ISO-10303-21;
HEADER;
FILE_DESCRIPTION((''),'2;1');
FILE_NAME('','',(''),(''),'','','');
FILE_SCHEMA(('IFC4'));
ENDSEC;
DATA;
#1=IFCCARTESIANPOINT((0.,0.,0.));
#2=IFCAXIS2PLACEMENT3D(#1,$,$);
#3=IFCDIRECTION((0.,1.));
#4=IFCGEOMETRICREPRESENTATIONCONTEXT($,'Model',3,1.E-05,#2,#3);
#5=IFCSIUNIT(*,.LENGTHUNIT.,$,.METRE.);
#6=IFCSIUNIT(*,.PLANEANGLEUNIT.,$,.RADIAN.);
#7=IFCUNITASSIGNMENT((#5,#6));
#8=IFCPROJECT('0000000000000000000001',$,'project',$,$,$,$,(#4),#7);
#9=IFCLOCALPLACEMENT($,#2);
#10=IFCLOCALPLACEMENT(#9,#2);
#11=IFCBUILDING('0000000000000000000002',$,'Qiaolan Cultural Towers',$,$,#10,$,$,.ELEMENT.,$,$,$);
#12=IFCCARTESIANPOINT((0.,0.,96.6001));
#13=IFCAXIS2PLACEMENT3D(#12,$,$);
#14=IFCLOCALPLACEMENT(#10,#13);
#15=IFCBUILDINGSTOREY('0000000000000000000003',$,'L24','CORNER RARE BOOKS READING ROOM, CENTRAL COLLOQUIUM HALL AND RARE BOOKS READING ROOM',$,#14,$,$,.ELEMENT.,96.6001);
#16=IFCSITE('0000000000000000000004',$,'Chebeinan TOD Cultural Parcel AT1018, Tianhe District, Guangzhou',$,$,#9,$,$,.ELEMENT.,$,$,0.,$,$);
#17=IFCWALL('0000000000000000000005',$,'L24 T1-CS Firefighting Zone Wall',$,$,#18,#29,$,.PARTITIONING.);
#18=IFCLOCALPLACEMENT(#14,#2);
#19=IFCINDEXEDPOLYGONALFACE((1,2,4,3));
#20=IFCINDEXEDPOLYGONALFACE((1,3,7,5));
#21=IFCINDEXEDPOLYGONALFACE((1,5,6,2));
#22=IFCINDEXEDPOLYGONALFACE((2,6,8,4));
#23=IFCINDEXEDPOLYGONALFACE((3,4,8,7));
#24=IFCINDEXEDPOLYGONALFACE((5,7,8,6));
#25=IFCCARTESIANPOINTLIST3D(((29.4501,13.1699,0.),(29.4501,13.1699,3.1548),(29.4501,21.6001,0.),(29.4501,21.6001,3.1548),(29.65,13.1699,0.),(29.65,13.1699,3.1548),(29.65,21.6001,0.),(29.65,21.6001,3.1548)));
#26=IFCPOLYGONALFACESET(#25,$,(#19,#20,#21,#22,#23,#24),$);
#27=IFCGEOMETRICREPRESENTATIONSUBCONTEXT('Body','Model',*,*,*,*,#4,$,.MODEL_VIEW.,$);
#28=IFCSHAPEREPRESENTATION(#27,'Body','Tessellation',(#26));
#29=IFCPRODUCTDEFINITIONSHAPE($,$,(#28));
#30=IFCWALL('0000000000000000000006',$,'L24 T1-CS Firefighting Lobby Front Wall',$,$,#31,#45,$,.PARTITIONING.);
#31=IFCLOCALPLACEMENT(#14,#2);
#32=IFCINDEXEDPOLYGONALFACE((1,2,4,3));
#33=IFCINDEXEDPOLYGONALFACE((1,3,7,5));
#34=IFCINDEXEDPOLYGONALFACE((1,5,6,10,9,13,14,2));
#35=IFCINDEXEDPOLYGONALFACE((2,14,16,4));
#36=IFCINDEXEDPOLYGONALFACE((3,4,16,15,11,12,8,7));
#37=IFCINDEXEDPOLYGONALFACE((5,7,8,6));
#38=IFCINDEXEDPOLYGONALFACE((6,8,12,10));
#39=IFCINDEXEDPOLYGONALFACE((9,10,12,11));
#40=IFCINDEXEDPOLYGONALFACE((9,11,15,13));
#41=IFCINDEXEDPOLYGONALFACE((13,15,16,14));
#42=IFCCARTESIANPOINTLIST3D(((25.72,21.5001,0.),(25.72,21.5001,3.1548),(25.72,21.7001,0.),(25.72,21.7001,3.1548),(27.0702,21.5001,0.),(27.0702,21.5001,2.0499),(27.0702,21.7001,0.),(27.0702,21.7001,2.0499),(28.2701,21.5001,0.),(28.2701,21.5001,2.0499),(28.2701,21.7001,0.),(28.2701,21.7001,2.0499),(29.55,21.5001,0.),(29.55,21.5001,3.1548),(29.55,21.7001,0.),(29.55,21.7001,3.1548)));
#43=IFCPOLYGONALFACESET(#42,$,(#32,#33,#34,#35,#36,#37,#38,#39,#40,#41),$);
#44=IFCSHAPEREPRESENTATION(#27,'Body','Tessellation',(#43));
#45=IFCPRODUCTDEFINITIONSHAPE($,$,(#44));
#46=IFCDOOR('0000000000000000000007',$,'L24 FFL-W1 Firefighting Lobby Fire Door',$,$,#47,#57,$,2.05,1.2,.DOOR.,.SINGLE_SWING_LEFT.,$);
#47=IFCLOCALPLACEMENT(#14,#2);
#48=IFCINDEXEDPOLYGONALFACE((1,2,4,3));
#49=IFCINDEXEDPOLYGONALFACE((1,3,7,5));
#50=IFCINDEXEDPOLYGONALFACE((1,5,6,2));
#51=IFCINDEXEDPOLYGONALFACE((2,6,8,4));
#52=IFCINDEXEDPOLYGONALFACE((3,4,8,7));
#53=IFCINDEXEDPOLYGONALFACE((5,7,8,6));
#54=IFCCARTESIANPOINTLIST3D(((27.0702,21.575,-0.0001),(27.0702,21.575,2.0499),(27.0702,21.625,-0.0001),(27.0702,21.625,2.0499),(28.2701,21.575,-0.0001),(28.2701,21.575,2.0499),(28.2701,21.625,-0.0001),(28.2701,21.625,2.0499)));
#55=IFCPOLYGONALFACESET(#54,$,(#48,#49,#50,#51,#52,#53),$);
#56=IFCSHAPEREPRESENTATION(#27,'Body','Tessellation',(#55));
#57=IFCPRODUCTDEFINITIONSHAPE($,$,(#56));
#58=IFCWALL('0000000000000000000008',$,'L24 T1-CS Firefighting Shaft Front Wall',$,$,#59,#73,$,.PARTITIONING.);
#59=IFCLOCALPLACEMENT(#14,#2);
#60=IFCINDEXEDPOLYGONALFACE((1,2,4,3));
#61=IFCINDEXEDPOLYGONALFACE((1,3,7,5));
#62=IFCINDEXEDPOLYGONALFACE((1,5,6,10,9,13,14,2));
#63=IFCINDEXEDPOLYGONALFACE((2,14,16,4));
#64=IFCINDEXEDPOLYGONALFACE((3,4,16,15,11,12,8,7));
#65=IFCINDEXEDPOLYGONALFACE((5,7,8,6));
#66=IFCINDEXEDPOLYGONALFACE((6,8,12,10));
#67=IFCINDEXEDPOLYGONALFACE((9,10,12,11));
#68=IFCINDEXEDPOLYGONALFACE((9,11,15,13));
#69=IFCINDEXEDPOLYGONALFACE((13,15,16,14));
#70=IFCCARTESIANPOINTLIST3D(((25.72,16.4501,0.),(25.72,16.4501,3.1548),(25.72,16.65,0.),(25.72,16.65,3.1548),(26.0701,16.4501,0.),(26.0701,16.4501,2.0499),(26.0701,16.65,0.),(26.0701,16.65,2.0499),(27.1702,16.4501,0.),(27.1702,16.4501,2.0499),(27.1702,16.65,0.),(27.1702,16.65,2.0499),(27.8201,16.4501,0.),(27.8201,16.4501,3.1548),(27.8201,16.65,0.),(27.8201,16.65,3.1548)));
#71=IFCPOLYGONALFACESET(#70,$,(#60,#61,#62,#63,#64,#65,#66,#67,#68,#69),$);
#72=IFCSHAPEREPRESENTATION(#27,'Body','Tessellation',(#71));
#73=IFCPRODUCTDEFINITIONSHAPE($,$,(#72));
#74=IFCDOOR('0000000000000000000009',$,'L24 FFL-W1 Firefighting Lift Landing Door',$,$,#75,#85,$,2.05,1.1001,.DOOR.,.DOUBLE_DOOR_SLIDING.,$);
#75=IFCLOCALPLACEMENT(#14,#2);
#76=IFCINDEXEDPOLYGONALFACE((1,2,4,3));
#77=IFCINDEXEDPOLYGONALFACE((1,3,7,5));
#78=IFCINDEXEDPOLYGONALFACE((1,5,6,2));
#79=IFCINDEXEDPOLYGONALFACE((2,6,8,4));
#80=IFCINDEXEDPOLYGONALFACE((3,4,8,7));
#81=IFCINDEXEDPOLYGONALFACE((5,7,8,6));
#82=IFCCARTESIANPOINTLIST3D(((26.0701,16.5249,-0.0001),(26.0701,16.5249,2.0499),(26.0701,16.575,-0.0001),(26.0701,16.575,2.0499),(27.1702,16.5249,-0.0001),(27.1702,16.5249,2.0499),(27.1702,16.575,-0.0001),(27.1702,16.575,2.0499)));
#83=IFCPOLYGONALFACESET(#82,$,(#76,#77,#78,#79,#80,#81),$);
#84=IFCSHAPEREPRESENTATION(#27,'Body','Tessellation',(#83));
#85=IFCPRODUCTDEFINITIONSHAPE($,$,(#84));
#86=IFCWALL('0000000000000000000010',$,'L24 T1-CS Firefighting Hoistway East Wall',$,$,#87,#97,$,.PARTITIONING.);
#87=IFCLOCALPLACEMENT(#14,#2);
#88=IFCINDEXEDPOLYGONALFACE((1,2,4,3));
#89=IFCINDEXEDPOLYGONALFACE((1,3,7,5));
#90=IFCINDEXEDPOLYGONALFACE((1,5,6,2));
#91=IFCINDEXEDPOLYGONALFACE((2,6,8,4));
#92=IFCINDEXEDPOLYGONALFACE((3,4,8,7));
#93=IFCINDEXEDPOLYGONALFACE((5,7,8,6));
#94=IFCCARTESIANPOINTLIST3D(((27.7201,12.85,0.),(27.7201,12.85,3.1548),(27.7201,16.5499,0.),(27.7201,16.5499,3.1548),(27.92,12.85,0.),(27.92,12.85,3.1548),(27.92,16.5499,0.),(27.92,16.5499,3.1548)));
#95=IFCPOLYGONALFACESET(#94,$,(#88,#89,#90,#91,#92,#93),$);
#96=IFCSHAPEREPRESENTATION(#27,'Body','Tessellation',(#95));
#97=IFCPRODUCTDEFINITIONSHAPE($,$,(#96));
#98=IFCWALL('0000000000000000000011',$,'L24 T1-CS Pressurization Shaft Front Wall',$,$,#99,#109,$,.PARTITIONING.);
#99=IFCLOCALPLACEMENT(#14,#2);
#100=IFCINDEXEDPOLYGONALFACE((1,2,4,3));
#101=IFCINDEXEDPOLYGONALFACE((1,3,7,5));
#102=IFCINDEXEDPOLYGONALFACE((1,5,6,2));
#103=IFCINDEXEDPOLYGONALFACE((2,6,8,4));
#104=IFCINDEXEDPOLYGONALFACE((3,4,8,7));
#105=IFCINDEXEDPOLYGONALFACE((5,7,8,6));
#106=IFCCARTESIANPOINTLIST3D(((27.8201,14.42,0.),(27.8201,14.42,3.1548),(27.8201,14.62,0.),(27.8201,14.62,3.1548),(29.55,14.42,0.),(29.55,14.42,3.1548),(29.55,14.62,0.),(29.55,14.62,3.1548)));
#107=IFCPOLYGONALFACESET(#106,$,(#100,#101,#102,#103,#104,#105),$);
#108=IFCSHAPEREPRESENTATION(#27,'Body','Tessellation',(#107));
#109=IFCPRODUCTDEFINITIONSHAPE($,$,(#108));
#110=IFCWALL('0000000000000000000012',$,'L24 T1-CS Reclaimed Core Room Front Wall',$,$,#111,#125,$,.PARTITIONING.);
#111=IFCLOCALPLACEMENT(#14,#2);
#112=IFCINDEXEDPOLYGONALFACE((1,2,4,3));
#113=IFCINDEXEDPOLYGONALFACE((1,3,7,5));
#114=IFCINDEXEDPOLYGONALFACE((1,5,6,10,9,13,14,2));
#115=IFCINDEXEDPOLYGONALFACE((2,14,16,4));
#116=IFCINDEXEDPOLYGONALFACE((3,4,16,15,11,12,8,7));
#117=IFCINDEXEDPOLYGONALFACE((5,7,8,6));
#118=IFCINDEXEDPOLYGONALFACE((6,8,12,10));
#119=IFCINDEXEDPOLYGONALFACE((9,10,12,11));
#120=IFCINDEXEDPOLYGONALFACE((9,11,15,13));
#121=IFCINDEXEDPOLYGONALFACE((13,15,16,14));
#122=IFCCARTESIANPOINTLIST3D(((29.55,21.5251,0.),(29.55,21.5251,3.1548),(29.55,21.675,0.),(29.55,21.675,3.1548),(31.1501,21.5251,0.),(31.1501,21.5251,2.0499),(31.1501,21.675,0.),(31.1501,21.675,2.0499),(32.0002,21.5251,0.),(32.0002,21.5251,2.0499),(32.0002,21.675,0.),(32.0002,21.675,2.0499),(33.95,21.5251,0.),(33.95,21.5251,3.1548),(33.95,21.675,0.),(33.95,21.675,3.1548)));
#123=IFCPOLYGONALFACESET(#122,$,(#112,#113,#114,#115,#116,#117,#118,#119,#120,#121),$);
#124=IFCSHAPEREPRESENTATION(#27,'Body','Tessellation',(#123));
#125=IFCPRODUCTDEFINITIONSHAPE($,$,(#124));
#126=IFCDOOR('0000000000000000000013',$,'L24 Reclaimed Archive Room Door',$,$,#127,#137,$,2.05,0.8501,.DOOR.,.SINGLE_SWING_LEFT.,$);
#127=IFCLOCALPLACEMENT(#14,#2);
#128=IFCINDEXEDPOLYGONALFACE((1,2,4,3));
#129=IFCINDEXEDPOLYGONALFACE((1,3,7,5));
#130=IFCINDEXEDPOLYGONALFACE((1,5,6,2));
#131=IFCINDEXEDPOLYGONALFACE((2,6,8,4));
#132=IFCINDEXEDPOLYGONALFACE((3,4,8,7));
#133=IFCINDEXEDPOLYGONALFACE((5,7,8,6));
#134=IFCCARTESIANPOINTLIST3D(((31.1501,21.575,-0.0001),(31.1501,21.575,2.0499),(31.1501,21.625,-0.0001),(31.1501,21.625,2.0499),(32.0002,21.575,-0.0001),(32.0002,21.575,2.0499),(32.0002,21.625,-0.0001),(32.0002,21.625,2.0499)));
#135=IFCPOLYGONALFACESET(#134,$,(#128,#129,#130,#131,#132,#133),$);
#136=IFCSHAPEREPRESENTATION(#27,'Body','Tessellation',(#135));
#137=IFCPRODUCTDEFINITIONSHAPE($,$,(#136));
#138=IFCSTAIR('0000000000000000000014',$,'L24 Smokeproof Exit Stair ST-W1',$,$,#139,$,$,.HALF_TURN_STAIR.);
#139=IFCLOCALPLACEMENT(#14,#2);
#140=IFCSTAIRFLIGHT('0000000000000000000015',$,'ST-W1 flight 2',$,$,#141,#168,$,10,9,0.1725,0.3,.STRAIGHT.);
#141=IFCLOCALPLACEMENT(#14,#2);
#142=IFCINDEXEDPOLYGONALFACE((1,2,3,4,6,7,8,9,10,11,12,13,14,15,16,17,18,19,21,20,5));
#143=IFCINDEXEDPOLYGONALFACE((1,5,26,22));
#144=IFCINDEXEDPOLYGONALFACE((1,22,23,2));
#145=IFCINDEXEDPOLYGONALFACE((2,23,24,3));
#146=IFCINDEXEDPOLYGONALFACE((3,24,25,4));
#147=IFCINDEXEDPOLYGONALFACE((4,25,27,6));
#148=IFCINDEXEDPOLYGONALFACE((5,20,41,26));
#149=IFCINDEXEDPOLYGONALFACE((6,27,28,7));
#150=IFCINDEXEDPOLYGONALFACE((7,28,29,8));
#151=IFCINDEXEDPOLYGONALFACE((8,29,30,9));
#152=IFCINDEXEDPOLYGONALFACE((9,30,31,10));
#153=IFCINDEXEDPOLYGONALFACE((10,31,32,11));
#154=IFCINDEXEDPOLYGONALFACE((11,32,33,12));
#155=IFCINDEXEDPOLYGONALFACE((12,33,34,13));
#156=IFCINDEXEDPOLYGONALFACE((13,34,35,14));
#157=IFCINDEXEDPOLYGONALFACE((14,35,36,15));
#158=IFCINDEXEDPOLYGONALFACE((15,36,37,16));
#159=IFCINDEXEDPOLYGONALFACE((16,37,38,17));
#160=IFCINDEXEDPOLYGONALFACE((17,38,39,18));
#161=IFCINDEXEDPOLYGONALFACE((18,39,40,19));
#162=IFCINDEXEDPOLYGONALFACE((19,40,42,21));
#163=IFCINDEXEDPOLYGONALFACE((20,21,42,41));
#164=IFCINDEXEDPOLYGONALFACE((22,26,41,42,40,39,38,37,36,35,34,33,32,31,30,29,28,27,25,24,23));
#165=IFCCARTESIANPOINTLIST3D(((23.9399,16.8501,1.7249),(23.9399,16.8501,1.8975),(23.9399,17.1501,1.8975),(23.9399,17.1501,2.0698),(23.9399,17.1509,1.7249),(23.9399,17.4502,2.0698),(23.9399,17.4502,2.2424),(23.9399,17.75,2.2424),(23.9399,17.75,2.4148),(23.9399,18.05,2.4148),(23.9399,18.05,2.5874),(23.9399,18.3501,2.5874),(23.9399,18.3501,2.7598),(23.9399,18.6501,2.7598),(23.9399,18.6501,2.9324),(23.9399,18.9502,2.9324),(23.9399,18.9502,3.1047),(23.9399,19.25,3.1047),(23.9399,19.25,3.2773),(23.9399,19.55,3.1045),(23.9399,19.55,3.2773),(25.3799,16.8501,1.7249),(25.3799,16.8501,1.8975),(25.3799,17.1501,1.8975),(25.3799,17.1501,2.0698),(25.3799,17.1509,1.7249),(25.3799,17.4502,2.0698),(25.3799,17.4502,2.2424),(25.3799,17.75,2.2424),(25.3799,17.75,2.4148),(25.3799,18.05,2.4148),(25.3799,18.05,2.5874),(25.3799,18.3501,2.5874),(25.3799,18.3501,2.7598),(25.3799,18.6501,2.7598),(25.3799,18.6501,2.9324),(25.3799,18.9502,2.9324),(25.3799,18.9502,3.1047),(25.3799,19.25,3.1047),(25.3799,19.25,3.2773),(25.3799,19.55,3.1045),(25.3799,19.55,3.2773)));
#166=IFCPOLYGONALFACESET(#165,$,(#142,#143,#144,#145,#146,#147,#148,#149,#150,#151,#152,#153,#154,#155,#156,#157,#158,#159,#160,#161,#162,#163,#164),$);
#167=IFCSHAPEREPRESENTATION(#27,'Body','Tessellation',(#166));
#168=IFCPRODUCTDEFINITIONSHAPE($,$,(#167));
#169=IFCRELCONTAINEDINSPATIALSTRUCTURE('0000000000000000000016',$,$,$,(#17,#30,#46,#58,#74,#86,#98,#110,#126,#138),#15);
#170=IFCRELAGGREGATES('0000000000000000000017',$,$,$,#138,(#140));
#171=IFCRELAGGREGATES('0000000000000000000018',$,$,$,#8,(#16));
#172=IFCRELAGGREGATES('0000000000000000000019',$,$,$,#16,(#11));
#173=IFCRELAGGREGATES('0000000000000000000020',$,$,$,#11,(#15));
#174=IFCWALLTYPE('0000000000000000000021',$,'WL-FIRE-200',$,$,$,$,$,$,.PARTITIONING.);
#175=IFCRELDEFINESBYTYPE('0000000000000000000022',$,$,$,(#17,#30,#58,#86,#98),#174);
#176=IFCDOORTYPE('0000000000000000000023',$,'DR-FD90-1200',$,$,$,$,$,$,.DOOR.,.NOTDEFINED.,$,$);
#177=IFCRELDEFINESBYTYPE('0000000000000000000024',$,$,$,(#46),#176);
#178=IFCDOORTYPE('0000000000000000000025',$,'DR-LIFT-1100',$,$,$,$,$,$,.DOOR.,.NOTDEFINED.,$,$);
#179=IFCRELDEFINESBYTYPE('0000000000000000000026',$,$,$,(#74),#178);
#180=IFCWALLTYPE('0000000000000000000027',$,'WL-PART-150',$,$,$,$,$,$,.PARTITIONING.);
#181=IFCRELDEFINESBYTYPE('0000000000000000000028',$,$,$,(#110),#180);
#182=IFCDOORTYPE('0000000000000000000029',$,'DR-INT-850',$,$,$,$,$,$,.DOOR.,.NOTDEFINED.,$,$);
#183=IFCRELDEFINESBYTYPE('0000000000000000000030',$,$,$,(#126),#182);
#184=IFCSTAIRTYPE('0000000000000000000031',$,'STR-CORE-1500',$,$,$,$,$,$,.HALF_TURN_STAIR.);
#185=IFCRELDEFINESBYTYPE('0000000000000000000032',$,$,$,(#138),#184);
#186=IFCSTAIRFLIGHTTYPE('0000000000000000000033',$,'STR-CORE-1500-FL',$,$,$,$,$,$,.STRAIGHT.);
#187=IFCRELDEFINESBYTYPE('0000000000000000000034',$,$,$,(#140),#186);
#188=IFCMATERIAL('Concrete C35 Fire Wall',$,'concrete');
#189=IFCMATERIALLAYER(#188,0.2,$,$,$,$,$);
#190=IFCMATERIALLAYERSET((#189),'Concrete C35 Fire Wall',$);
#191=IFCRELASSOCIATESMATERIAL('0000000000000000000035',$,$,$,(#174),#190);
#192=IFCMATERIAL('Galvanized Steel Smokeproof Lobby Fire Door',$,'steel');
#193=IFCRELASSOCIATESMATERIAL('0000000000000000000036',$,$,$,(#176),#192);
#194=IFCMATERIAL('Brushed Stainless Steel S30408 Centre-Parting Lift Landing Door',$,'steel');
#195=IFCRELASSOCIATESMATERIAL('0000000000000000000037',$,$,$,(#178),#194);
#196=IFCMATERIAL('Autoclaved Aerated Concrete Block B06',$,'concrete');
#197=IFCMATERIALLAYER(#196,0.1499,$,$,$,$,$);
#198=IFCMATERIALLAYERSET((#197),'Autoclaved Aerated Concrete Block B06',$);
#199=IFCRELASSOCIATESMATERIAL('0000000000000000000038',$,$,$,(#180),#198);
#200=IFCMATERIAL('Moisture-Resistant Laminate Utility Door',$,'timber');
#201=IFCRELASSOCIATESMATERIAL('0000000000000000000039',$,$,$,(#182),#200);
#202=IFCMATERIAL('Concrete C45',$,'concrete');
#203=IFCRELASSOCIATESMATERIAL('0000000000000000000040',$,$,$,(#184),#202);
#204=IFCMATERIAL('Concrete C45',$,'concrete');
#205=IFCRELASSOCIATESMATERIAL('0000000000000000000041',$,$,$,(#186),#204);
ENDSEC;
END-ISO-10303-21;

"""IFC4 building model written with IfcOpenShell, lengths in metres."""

from ifc_helpers import new_model, si_unit, direction, frame, frame_2d, origin, place, context, subcontext, project, spatial, polyline, rectangle, outline, extrude, material, layer, layer_set, type_object, element, fill, aggregate, save


model = new_model("IFC4")

# Units and contexts
model_context = context("Model", 3, precision=1e-05, world=origin(), true_north=direction((0.0, 1.0)))
body_context = subcontext(model_context, "Body", "Model", "MODEL_VIEW")
ifc_project = project(units=[si_unit("LENGTHUNIT", "METRE"), si_unit("PLANEANGLEUNIT", "RADIAN")], contexts=[model_context])

# Site, building, storey
site_placement = place(None, origin())
site = spatial("IfcSite", under=ifc_project, at=site_placement, Name="Chebeinan TOD Cultural Parcel AT1018, Tianhe District, Guangzhou", CompositionType="ELEMENT", RefElevation=0.0)
building_placement = place(site_placement, origin())
building = spatial("IfcBuilding", under=site, at=building_placement, Name="Qiaolan Cultural Towers", CompositionType="ELEMENT")
storey_placement = place(building_placement, frame((0.0, 0.0, 96.6001)))
storey = spatial("IfcBuildingStorey", under=building, at=storey_placement, Name="L24", Description="CORNER RARE BOOKS READING ROOM, CENTRAL COLLOQUIUM HALL AND RARE BOOKS READING ROOM", CompositionType="ELEMENT", Elevation=96.6001)

# Shared definitions
ifc_material_1 = material(Name="Concrete C35 Fire Wall", Category="concrete")
ifc_layer_1 = layer(ifc_material_1, 0.2)
ifc_layer_set_1 = layer_set([ifc_layer_1], Name="Concrete C35 Fire Wall")
wall_type_1 = type_object("IfcWallType", Name="WL-FIRE-200", PredefinedType="PARTITIONING", material=ifc_layer_set_1)

# Wall
wall_1_placement = place(storey_placement, frame((29.55, 21.6001, 0.0), z_axis=(0.0, 0.0, 1.0), x_axis=(0.0, -1.0, 0.0)))
element("IfcWall", 1, at=wall_1_placement, inside=storey, type_object=wall_type_1, Name="L24 T1-CS Firefighting Zone Wall", PredefinedType="PARTITIONING", context=body_context, shape_type="SweptSolid", body=[
    extrude(rectangle(XDim=8.4302, YDim=0.2, at=frame_2d((4.2151, 0.0))), origin(), (0.0, 0.0, 1.0), 3.1548),
])

# Walls, openings, doors
wall_2_placement = place(storey_placement, frame((25.72, 21.6001, 0.0), z_axis=(0.0, 0.0, 1.0), x_axis=(1.0, 0.0, 0.0)))
wall_2 = element("IfcWall", 2, at=wall_2_placement, inside=storey, type_object=wall_type_1, Name="L24 T1-CS Firefighting Lobby Front Wall", PredefinedType="PARTITIONING", context=body_context, shape_type="SweptSolid", body=[
    extrude(rectangle(XDim=3.8301, YDim=0.2, at=frame_2d((1.915, 0.0))), origin(), (0.0, 0.0, 1.0), 3.1548),
])
opening_1_placement = place(wall_2_placement, frame((1.3501, 0.0, 0.0)))
opening_1 = element("IfcOpeningElement", 3, at=opening_1_placement, cuts=wall_2, PredefinedType="OPENING", context=body_context, shape_type="SweptSolid", body=[
    extrude(rectangle(XDim=1.2, YDim=2.05, at=frame_2d((0.6001, 1.0249))), frame((0.0, 0.1099, 0.0), z_axis=(0.0, -1.0, 0.0), x_axis=(1.0, 0.0, 0.0)), (0.0, 0.0, 1.0), 0.22),
])
ifc_material_2 = material(Name="Galvanized Steel Smokeproof Lobby Fire Door", Category="steel")
door_type_1 = type_object("IfcDoorType", Name="DR-FD90-1200", OperationType="NOTDEFINED", PredefinedType="DOOR", material=ifc_material_2)
door_1_placement = place(opening_1_placement, origin())
door_1 = element("IfcDoor", 4, at=door_1_placement, inside=storey, type_object=door_type_1, Name="L24 FFL-W1 Firefighting Lobby Fire Door", OperationType="SINGLE_SWING_LEFT", OverallHeight=2.05, OverallWidth=1.2, PredefinedType="DOOR", context=body_context, shape_type="SweptSolid", body=[
    extrude(rectangle(XDim=1.2, YDim=2.05, at=frame_2d((0.6001, 1.0249))), frame((0.0, 0.0249, 0.0), z_axis=(0.0, -1.0, 0.0), x_axis=(1.0, 0.0, 0.0)), (0.0, 0.0, 1.0), 0.05),
])
fill(opening_1, door_1)
wall_3_placement = place(storey_placement, frame((25.72, 16.55, 0.0), z_axis=(0.0, 0.0, 1.0), x_axis=(1.0, 0.0, 0.0)))
wall_3 = element("IfcWall", 5, at=wall_3_placement, inside=storey, type_object=wall_type_1, Name="L24 T1-CS Firefighting Shaft Front Wall", PredefinedType="PARTITIONING", context=body_context, shape_type="SweptSolid", body=[
    extrude(rectangle(XDim=2.1001, YDim=0.2, at=frame_2d((1.05, 0.0))), origin(), (0.0, 0.0, 1.0), 3.1548),
])
opening_2_placement = place(wall_3_placement, frame((0.3501, 0.0, 0.0)))
opening_2 = element("IfcOpeningElement", 6, at=opening_2_placement, cuts=wall_3, PredefinedType="OPENING", context=body_context, shape_type="SweptSolid", body=[
    extrude(rectangle(XDim=1.1001, YDim=2.05, at=frame_2d((0.55, 1.0249))), frame((0.0, 0.1099, 0.0), z_axis=(0.0, -1.0, 0.0), x_axis=(1.0, 0.0, 0.0)), (0.0, 0.0, 1.0), 0.22),
])
ifc_material_3 = material(Name="Brushed Stainless Steel S30408 Centre-Parting Lift Landing Door", Category="steel")
door_type_2 = type_object("IfcDoorType", Name="DR-LIFT-1100", OperationType="NOTDEFINED", PredefinedType="DOOR", material=ifc_material_3)
door_2_placement = place(opening_2_placement, origin())
door_2 = element("IfcDoor", 7, at=door_2_placement, inside=storey, type_object=door_type_2, Name="L24 FFL-W1 Firefighting Lift Landing Door", OperationType="DOUBLE_DOOR_SLIDING", OverallHeight=2.05, OverallWidth=1.1001, PredefinedType="DOOR", context=body_context, shape_type="SweptSolid", body=[
    extrude(rectangle(XDim=1.1001, YDim=2.05, at=frame_2d((0.55, 1.0249))), frame((0.0, 0.0249, 0.0), z_axis=(0.0, -1.0, 0.0), x_axis=(1.0, 0.0, 0.0)), (0.0, 0.0, 1.0), 0.05),
])
fill(opening_2, door_2)

# Walls
wall_4_placement = place(storey_placement, frame((27.8201, 16.55, 0.0), z_axis=(0.0, 0.0, 1.0), x_axis=(0.0, -1.0, 0.0)))
element("IfcWall", 8, at=wall_4_placement, inside=storey, type_object=wall_type_1, Name="L24 T1-CS Firefighting Hoistway East Wall", PredefinedType="PARTITIONING", context=body_context, shape_type="SweptSolid", body=[
    extrude(rectangle(XDim=3.7, YDim=0.2, at=frame_2d((1.8501, 0.0))), origin(), (0.0, 0.0, 1.0), 3.1548),
])
wall_5_placement = place(storey_placement, frame((27.8201, 14.52, 0.0), z_axis=(0.0, 0.0, 1.0), x_axis=(1.0, 0.0, 0.0)))
element("IfcWall", 9, at=wall_5_placement, inside=storey, type_object=wall_type_1, Name="L24 T1-CS Pressurization Shaft Front Wall", PredefinedType="PARTITIONING", context=body_context, shape_type="SweptSolid", body=[
    extrude(rectangle(XDim=1.73, YDim=0.2, at=frame_2d((0.865, 0.0))), origin(), (0.0, 0.0, 1.0), 3.1548),
])

# Wall, opening, door
ifc_material_4 = material(Name="Autoclaved Aerated Concrete Block B06", Category="concrete")
ifc_layer_2 = layer(ifc_material_4, 0.1499)
ifc_layer_set_2 = layer_set([ifc_layer_2], Name="Autoclaved Aerated Concrete Block B06")
wall_type_2 = type_object("IfcWallType", Name="WL-PART-150", PredefinedType="PARTITIONING", material=ifc_layer_set_2)
wall_6_placement = place(storey_placement, frame((29.55, 21.6001, 0.0), z_axis=(0.0, 0.0, 1.0), x_axis=(1.0, 0.0, 0.0)))
wall_6 = element("IfcWall", 10, at=wall_6_placement, inside=storey, type_object=wall_type_2, Name="L24 T1-CS Reclaimed Core Room Front Wall", PredefinedType="PARTITIONING", context=body_context, shape_type="SweptSolid", body=[
    extrude(rectangle(XDim=4.3999, YDim=0.1499, at=frame_2d((2.2, 0.0))), origin(), (0.0, 0.0, 1.0), 3.1548),
])
opening_3_placement = place(wall_6_placement, frame((1.6001, 0.0, 0.0)))
opening_3 = element("IfcOpeningElement", 11, at=opening_3_placement, cuts=wall_6, PredefinedType="OPENING", context=body_context, shape_type="SweptSolid", body=[
    extrude(rectangle(XDim=0.8501, YDim=2.05, at=frame_2d((0.425, 1.0249))), frame((0.0, 0.085, 0.0), z_axis=(0.0, -1.0, 0.0), x_axis=(1.0, 0.0, 0.0)), (0.0, 0.0, 1.0), 0.1699),
])
ifc_material_5 = material(Name="Moisture-Resistant Laminate Utility Door", Category="timber")
door_type_3 = type_object("IfcDoorType", Name="DR-INT-850", OperationType="NOTDEFINED", PredefinedType="DOOR", material=ifc_material_5)
door_3_placement = place(opening_3_placement, origin())
door_3 = element("IfcDoor", 12, at=door_3_placement, inside=storey, type_object=door_type_3, Name="L24 Reclaimed Archive Room Door", OperationType="SINGLE_SWING_LEFT", OverallHeight=2.05, OverallWidth=0.8501, PredefinedType="DOOR", context=body_context, shape_type="SweptSolid", body=[
    extrude(rectangle(XDim=0.8501, YDim=2.05, at=frame_2d((0.425, 1.0249))), frame((0.0, 0.0249, 0.0), z_axis=(0.0, -1.0, 0.0), x_axis=(1.0, 0.0, 0.0)), (0.0, 0.0, 1.0), 0.05),
])
fill(opening_3, door_3)

# Stair, stair flight
ifc_material_6 = material(Name="Concrete C45", Category="concrete")
stair_type = type_object("IfcStairType", Name="STR-CORE-1500", PredefinedType="HALF_TURN_STAIR", material=ifc_material_6)
stair_placement = place(storey_placement, origin())
stair = element("IfcStair", 13, at=stair_placement, inside=storey, type_object=stair_type, Name="L24 Smokeproof Exit Stair ST-W1", PredefinedType="HALF_TURN_STAIR")
ifc_material_7 = material(Name="Concrete C45", Category="concrete")
stair_flight_type = type_object("IfcStairFlightType", Name="STR-CORE-1500-FL", PredefinedType="STRAIGHT", material=ifc_material_7)
stair_flight_placement = place(storey_placement, frame((24.6599, 16.8501, 1.7249), z_axis=(0.0, 0.0, 1.0), x_axis=(0.0, 1.0, 0.0)))
stair_flight = element("IfcStairFlight", 14, at=stair_flight_placement, type_object=stair_flight_type, Name="ST-W1 flight 2", NumberOfRisers=10, NumberOfTreads=9, PredefinedType="STRAIGHT", RiserHeight=0.1725, TreadLength=0.3, context=body_context, shape_type="SweptSolid", body=[
    extrude(outline(polyline([(0.0, 0.0), (0.0, 0.1726), (0.3, 0.1726), (0.3, 0.345), (0.6001, 0.345), (0.6001, 0.5176), (0.8999, 0.5176), (0.8999, 0.6899), (1.2, 0.6899), (1.2, 0.8625), (1.5, 0.8625), (1.5, 1.0349), (1.8, 1.0349), (1.8, 1.2075), (2.1001, 1.2075), (2.1001, 1.3799), (2.3999, 1.3799), (2.3999, 1.5525), (2.7, 1.5525), (2.7, 1.7251), (2.7, 1.3796), (0.3008, 0.0), (0.0, 0.0)])), frame((0.0, 0.72, 0.0), z_axis=(0.0, -1.0, 0.0), x_axis=(1.0, 0.0, 0.0)), (0.0, 0.0, 1.0), 1.4399),
])
aggregate(stair, [stair_flight])

save(model, "model.ifc")
